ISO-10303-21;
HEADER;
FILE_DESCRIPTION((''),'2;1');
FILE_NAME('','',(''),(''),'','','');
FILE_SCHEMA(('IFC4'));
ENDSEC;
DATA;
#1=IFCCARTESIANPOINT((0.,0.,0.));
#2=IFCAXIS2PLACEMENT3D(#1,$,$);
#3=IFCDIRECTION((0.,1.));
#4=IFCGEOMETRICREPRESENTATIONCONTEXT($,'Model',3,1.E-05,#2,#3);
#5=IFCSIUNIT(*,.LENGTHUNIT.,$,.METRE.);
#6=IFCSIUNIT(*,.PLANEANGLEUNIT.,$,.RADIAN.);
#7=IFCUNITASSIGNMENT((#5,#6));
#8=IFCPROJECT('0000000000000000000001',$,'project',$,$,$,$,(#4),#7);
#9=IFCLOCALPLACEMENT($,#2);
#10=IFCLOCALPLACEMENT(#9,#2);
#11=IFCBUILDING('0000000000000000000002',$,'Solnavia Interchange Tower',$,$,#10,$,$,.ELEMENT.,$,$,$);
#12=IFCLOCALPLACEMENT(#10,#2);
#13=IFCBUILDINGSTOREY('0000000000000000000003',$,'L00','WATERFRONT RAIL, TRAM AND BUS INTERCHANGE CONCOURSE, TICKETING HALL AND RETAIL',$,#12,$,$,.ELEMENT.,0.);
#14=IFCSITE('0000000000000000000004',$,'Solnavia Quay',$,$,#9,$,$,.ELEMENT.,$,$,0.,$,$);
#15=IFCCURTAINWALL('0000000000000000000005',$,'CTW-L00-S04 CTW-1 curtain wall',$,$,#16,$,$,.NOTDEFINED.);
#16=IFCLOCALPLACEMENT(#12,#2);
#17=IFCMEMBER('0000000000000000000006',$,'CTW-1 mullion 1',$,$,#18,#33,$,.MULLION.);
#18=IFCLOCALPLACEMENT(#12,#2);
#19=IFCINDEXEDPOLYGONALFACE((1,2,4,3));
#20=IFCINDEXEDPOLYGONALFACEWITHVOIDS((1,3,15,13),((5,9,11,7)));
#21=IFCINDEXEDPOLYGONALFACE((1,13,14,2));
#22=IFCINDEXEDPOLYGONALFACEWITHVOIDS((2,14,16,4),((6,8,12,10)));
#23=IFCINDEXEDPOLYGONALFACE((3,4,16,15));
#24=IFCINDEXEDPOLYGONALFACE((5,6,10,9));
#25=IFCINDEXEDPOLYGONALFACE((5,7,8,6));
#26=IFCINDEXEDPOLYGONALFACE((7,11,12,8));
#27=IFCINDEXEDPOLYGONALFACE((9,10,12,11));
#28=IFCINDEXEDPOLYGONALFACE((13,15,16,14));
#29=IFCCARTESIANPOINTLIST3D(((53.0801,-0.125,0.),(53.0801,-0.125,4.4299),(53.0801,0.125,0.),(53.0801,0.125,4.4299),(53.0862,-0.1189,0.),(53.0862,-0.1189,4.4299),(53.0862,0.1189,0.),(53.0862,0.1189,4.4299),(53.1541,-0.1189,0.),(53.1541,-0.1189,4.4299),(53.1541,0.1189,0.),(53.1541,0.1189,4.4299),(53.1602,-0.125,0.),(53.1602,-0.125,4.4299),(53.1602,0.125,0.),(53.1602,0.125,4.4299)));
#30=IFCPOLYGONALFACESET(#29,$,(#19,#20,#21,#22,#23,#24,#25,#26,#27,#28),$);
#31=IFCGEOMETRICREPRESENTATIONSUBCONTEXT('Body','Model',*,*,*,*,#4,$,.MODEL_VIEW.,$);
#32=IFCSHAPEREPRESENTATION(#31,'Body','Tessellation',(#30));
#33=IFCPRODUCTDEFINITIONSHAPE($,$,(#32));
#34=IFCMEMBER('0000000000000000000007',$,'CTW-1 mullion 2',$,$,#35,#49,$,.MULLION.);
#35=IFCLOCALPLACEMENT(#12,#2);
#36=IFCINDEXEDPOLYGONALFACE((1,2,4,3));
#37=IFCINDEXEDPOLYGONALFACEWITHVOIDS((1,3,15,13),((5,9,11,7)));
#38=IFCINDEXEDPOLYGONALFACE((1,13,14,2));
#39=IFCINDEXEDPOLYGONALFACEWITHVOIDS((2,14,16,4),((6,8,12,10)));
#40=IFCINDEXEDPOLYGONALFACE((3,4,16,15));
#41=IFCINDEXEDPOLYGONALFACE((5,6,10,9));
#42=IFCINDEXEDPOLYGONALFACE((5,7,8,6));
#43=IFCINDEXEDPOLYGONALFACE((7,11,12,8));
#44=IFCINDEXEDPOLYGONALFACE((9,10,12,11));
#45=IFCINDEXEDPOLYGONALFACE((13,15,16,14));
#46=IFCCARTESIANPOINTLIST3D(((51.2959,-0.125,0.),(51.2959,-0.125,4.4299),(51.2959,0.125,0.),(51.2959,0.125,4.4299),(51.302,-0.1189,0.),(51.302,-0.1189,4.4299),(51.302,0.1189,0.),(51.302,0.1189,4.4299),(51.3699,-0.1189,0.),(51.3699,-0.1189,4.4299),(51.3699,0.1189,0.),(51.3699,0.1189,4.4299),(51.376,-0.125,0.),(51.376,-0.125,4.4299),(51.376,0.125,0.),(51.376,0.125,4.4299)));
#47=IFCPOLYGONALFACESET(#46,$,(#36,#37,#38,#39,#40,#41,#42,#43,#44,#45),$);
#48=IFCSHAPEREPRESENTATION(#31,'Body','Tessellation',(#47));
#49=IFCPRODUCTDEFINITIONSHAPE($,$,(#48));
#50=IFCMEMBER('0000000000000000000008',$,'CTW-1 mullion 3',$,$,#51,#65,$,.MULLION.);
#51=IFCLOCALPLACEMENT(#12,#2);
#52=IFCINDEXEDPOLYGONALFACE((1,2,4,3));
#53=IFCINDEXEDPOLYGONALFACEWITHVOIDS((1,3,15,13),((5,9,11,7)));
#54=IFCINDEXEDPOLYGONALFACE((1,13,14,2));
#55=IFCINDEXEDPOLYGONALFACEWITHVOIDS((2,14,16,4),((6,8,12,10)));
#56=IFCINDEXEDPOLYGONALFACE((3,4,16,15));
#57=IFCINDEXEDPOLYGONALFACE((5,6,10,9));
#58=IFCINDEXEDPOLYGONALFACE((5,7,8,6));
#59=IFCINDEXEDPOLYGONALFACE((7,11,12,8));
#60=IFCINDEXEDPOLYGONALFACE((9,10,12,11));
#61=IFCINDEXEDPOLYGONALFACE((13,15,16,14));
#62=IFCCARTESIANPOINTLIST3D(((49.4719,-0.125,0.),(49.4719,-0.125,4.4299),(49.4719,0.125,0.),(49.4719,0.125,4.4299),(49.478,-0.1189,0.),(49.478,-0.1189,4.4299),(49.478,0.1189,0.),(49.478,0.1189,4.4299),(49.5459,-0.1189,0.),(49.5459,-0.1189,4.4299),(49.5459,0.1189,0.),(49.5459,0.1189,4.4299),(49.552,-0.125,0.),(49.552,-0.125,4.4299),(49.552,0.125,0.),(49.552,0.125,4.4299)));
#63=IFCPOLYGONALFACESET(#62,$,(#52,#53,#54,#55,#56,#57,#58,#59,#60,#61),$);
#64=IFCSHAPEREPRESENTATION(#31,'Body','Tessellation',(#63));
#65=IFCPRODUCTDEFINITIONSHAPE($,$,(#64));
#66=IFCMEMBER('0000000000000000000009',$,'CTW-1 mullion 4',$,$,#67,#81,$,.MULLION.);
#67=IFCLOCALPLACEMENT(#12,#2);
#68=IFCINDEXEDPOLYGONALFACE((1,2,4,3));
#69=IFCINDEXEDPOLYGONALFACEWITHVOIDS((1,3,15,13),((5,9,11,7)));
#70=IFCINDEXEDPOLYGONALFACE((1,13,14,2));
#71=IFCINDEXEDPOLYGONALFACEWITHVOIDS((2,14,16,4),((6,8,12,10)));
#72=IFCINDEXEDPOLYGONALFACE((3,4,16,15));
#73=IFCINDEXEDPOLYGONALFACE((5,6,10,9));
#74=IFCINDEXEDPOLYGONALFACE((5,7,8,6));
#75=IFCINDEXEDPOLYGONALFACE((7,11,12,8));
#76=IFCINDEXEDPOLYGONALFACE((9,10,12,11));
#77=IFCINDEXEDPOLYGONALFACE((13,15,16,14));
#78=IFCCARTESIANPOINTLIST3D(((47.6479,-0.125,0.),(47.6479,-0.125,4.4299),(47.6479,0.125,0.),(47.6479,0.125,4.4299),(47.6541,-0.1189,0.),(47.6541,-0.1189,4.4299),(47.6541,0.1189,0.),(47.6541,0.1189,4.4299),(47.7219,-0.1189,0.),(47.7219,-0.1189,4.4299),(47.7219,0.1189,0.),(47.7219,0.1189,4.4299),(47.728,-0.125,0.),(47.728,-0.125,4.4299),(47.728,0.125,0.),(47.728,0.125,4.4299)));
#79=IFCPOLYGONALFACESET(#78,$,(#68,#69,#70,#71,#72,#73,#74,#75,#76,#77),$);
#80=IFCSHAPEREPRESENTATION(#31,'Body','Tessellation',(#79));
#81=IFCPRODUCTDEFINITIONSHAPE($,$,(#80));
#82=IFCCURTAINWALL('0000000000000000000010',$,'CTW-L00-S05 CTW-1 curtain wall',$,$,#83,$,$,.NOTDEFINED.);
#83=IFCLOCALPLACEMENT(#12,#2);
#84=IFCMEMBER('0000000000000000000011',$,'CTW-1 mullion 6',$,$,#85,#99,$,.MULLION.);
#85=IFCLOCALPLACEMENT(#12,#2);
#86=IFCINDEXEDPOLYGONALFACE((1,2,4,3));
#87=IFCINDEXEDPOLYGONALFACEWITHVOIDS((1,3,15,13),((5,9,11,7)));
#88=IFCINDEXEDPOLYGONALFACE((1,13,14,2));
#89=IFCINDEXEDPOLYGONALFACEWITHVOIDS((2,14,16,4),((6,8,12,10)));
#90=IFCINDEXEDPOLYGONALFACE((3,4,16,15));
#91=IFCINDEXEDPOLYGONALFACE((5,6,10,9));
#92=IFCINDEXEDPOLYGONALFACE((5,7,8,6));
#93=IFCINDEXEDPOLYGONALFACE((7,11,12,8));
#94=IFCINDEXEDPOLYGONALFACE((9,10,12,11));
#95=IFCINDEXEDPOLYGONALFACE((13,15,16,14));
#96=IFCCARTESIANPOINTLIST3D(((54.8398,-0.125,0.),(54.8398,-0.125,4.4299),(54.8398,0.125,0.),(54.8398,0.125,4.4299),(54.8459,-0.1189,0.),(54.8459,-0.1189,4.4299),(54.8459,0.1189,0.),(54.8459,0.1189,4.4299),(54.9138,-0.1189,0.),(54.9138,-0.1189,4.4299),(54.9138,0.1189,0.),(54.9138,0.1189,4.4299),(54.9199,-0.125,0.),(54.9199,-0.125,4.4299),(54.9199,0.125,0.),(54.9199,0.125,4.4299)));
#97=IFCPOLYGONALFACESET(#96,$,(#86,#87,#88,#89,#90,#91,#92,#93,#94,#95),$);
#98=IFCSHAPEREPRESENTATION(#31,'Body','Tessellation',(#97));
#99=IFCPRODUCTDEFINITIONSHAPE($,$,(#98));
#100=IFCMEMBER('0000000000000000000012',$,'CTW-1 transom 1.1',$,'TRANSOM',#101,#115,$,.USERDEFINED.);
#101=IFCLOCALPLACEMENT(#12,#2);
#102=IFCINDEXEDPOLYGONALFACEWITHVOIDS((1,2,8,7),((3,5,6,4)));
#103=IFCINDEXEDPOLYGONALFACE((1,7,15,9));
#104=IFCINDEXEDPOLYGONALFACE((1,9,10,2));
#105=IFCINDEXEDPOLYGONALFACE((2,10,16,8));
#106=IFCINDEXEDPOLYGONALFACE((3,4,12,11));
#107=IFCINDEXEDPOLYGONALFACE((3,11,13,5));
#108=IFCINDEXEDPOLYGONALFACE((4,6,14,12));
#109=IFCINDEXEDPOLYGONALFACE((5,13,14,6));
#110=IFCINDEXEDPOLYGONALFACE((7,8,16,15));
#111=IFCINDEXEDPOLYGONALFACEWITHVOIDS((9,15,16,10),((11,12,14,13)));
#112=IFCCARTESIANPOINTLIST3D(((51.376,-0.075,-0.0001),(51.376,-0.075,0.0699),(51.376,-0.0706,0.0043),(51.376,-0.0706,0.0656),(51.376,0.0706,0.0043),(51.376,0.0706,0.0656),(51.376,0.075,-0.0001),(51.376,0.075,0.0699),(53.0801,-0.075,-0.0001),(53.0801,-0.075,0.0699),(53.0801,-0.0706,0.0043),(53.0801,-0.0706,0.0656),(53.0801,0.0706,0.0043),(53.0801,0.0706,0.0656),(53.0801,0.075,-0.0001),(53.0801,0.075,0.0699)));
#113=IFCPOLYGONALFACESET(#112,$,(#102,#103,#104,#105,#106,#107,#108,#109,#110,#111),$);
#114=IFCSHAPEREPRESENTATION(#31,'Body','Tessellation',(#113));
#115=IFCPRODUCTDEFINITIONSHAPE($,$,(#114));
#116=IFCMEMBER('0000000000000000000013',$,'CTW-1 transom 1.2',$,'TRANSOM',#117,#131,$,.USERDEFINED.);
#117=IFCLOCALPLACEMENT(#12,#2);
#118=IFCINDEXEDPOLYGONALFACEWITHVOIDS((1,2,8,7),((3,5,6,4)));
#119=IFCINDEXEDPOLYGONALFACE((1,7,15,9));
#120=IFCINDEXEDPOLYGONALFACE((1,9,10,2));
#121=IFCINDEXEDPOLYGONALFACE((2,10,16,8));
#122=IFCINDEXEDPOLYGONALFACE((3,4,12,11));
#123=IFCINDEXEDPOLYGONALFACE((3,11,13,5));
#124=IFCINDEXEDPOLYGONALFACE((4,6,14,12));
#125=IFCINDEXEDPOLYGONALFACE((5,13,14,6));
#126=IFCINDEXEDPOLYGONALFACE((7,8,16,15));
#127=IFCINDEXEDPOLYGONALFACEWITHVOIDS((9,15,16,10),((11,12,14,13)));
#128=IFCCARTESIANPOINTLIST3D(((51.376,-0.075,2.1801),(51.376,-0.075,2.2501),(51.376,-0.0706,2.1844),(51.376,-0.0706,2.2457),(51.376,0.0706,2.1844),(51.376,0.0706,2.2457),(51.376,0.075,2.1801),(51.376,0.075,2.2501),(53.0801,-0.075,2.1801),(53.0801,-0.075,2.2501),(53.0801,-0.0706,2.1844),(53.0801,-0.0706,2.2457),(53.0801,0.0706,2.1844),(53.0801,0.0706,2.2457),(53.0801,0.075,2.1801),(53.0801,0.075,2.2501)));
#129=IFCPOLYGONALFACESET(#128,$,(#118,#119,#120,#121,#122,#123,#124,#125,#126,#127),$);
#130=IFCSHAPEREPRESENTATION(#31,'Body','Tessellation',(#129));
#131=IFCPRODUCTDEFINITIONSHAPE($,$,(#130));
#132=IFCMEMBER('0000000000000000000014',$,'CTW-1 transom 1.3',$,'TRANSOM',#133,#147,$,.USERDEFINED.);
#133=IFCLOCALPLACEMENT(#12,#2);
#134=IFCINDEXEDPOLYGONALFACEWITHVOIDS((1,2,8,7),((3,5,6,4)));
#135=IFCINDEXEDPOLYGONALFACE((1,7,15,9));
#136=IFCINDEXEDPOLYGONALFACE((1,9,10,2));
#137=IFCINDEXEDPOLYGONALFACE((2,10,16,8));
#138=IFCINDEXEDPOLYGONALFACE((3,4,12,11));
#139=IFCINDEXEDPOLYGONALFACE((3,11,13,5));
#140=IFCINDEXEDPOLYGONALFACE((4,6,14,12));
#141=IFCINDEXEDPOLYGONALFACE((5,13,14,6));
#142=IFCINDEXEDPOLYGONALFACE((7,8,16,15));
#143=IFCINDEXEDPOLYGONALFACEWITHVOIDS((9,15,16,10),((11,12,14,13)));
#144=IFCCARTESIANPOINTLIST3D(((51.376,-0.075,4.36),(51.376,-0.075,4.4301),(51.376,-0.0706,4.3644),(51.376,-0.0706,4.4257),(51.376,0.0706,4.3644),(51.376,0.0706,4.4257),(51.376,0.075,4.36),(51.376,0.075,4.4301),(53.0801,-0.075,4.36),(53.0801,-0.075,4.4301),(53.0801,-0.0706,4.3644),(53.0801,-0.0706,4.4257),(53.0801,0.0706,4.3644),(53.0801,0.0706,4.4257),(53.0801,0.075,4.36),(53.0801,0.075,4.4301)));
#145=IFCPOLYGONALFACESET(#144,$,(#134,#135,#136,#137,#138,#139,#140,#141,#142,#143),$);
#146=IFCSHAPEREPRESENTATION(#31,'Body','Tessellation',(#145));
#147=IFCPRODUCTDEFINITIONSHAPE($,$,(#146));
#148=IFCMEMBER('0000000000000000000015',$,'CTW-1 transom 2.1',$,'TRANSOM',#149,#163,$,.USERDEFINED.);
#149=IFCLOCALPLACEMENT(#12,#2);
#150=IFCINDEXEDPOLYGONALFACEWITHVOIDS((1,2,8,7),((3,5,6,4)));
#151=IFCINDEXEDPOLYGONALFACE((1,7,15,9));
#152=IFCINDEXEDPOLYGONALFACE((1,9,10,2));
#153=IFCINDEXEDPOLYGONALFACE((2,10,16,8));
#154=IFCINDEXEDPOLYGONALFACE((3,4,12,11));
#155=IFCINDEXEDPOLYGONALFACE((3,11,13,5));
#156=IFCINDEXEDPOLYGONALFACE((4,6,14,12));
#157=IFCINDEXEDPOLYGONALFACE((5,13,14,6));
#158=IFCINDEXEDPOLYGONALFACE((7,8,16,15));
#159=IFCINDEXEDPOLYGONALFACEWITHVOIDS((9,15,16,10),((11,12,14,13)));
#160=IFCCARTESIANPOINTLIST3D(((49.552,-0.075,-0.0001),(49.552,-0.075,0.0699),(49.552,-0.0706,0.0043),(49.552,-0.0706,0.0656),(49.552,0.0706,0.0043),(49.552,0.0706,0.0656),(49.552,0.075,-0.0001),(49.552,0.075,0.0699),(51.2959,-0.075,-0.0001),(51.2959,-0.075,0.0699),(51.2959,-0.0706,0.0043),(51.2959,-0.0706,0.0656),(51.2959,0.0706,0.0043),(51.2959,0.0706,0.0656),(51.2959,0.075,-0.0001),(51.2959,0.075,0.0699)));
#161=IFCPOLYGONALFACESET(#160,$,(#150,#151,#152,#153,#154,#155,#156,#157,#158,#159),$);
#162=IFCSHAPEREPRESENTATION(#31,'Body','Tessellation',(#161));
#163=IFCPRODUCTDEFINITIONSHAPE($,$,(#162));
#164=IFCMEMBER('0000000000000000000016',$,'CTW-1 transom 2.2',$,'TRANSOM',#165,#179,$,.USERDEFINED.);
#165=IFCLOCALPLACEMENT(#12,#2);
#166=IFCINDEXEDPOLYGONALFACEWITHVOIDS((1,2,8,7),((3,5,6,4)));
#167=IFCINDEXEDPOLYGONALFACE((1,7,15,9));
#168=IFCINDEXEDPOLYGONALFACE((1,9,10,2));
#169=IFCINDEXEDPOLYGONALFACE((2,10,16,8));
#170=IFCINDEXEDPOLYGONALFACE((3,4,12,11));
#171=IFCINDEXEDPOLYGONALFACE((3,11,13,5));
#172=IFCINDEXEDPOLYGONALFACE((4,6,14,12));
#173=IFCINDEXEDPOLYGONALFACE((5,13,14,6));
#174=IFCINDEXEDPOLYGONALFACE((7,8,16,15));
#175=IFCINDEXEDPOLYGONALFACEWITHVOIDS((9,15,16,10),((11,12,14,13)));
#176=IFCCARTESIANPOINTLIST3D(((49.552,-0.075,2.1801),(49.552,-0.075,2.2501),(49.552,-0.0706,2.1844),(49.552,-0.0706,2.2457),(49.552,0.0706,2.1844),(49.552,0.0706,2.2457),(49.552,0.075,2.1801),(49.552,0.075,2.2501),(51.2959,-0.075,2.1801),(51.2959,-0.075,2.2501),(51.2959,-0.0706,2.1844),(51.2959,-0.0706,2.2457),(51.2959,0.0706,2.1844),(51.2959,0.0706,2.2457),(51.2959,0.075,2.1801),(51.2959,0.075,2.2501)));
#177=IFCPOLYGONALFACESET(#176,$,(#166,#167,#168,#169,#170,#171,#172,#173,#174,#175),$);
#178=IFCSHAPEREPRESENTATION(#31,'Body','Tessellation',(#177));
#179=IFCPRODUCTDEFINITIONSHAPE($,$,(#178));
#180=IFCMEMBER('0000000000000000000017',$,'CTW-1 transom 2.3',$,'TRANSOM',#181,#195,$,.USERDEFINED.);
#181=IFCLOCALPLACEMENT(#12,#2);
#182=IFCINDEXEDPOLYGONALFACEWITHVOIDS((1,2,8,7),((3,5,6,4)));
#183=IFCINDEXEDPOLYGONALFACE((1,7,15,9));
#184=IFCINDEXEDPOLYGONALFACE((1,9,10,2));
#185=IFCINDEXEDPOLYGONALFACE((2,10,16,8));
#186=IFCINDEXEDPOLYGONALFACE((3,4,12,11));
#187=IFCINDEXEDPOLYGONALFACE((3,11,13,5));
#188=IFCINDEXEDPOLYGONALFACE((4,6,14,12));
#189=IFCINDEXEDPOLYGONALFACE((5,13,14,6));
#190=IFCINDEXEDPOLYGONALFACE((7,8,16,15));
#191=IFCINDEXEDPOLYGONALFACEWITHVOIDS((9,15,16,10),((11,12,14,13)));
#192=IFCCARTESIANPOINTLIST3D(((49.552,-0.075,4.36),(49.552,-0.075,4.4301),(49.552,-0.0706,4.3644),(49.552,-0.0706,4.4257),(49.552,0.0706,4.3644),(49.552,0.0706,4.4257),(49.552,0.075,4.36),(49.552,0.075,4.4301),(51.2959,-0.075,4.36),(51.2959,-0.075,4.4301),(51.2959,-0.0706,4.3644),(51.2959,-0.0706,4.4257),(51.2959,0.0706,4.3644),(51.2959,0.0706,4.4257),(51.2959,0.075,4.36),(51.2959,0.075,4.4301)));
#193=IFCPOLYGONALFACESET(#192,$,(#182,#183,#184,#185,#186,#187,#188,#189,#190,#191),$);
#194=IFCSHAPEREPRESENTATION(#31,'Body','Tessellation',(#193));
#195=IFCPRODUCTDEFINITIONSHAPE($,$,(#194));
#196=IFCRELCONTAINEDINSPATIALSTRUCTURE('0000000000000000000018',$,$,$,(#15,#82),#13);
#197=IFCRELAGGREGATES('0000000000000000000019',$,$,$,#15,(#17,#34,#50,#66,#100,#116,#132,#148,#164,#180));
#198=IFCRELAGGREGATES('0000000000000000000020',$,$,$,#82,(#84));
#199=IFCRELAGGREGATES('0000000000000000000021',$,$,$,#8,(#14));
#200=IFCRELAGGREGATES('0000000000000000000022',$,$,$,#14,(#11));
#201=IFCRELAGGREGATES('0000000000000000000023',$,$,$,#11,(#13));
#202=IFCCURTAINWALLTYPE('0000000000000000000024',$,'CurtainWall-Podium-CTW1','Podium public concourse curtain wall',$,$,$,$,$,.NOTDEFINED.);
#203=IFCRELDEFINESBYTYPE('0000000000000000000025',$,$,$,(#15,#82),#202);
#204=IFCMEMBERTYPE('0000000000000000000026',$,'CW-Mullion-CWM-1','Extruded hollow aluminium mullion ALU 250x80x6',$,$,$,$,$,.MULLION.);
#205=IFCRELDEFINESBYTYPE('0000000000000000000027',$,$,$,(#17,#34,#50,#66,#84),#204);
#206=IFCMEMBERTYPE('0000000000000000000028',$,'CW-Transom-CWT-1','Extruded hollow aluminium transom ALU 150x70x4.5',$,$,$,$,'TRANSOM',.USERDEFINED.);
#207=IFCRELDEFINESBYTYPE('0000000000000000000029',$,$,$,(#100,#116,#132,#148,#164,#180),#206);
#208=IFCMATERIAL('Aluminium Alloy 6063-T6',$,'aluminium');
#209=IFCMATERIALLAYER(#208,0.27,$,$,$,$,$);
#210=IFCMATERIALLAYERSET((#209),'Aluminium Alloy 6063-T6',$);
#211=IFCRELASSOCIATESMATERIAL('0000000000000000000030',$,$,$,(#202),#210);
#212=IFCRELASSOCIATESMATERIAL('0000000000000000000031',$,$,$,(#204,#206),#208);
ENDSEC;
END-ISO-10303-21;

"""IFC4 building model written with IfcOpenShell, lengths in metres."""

from ifc_helpers import new_model, si_unit, direction, frame, origin, origin_2d, place, context, subcontext, project, spatial, hollow_rectangle, extrude, material, layer, layer_set, material_profile, profile_set, type_object, element, aggregate, save


model = new_model("IFC4")

# Units and contexts
model_context = context("Model", 3, precision=1e-05, world=origin(), true_north=direction((0.0, 1.0)))
body_context = subcontext(model_context, "Body", "Model", "MODEL_VIEW")
ifc_project = project(units=[si_unit("LENGTHUNIT", "METRE"), si_unit("PLANEANGLEUNIT", "RADIAN")], contexts=[model_context])

# Site, building, storey
site_placement = place(None, origin())
site = spatial("IfcSite", under=ifc_project, at=site_placement, Name="Solnavia Quay", CompositionType="ELEMENT", RefElevation=0.0)
building_placement = place(site_placement, origin())
building = spatial("IfcBuilding", under=site, at=building_placement, Name="Solnavia Interchange Tower", CompositionType="ELEMENT")
storey_placement = place(building_placement, origin())
storey = spatial("IfcBuildingStorey", under=building, at=storey_placement, Name="L00", Description="WATERFRONT RAIL, TRAM AND BUS INTERCHANGE CONCOURSE, TICKETING HALL AND RETAIL", CompositionType="ELEMENT", Elevation=0.0)

# Curtain wall, members
ifc_material_1 = material(Name="Aluminium Alloy 6063-T6", Category="aluminium")
ifc_layer_1 = layer(ifc_material_1, 0.27)
ifc_layer_set_1 = layer_set([ifc_layer_1], Name="Aluminium Alloy 6063-T6")
curtain_wall_type = type_object("IfcCurtainWallType", Name="CurtainWall-Podium-CTW1", Description="Podium public concourse curtain wall", PredefinedType="NOTDEFINED", material=ifc_layer_set_1)
curtain_wall_1_placement = place(storey_placement, origin())
curtain_wall_1 = element("IfcCurtainWall", 1, at=curtain_wall_1_placement, inside=storey, type_object=curtain_wall_type, Name="CTW-L00-S04 CTW-1 curtain wall", PredefinedType="NOTDEFINED")
ifc_material_profile_1 = material_profile(ifc_material_1, hollow_rectangle(XDim=0.0801, YDim=0.25, WallThickness=0.0061, at=origin_2d()), Name="ALU 250x80x6")
ifc_profile_set_1 = profile_set([ifc_material_profile_1], Name="Aluminium Alloy 6063-T6")
member_type_1 = type_object("IfcMemberType", Name="CW-Mullion-CWM-1", Description="Extruded hollow aluminium mullion ALU 250x80x6", PredefinedType="MULLION", material=ifc_profile_set_1)
member_1_placement = place(storey_placement, frame((53.1201, 0.0, 0.0), z_axis=(0.0, 0.0, 1.0), x_axis=(-1.0, 0.0, 0.0)))
member_1 = element("IfcMember", 2, at=member_1_placement, type_object=member_type_1, Name="CTW-1 mullion 1", PredefinedType="MULLION", context=body_context, shape_type="SweptSolid", body=[
    extrude(hollow_rectangle(XDim=0.0801, YDim=0.25, WallThickness=0.0061, at=origin_2d()), origin(), (0.0, 0.0, 1.0), 4.4299),
])
member_2_placement = place(storey_placement, frame((51.3359, 0.0, 0.0), z_axis=(0.0, 0.0, 1.0), x_axis=(-1.0, 0.0, 0.0)))
member_2 = element("IfcMember", 3, at=member_2_placement, type_object=member_type_1, Name="CTW-1 mullion 2", PredefinedType="MULLION", context=body_context, shape_type="SweptSolid", body=[
    extrude(hollow_rectangle(XDim=0.0801, YDim=0.25, WallThickness=0.0061, at=origin_2d()), origin(), (0.0, 0.0, 1.0), 4.4299),
])
member_3_placement = place(storey_placement, frame((49.512, 0.0, 0.0), z_axis=(0.0, 0.0, 1.0), x_axis=(-1.0, 0.0, 0.0)))
member_3 = element("IfcMember", 4, at=member_3_placement, type_object=member_type_1, Name="CTW-1 mullion 3", PredefinedType="MULLION", context=body_context, shape_type="SweptSolid", body=[
    extrude(hollow_rectangle(XDim=0.0801, YDim=0.25, WallThickness=0.0061, at=origin_2d()), origin(), (0.0, 0.0, 1.0), 4.4299),
])
member_4_placement = place(storey_placement, frame((47.688, 0.0, 0.0), z_axis=(0.0, 0.0, 1.0), x_axis=(-1.0, 0.0, 0.0)))
member_4 = element("IfcMember", 5, at=member_4_placement, type_object=member_type_1, Name="CTW-1 mullion 4", PredefinedType="MULLION", context=body_context, shape_type="SweptSolid", body=[
    extrude(hollow_rectangle(XDim=0.0801, YDim=0.25, WallThickness=0.0061, at=origin_2d()), origin(), (0.0, 0.0, 1.0), 4.4299),
])

# Curtain wall, member
curtain_wall_2_placement = place(storey_placement, origin())
curtain_wall_2 = element("IfcCurtainWall", 6, at=curtain_wall_2_placement, inside=storey, type_object=curtain_wall_type, Name="CTW-L00-S05 CTW-1 curtain wall", PredefinedType="NOTDEFINED")
member_5_placement = place(storey_placement, frame((54.8799, 0.0, 0.0), z_axis=(0.0, 0.0, 1.0), x_axis=(-1.0, 0.0, 0.0)))
member_5 = element("IfcMember", 7, at=member_5_placement, type_object=member_type_1, Name="CTW-1 mullion 6", PredefinedType="MULLION", context=body_context, shape_type="SweptSolid", body=[
    extrude(hollow_rectangle(XDim=0.0801, YDim=0.25, WallThickness=0.0061, at=origin_2d()), origin(), (0.0, 0.0, 1.0), 4.4299),
])

# Members
ifc_material_profile_2 = material_profile(ifc_material_1, hollow_rectangle(XDim=0.0701, YDim=0.1499, WallThickness=0.0044, at=origin_2d()), Name="ALU 150x70x4.5")
ifc_profile_set_2 = profile_set([ifc_material_profile_2], Name="Aluminium Alloy 6063-T6")
member_type_2 = type_object("IfcMemberType", Name="CW-Transom-CWT-1", Description="Extruded hollow aluminium transom ALU 150x70x4.5", ElementType="TRANSOM", PredefinedType="USERDEFINED", material=ifc_profile_set_2)
member_6_placement = place(storey_placement, frame((53.0801, 0.0, 0.0349), z_axis=(-1.0, 0.0, 0.0), x_axis=(0.0, 0.0, 1.0)))
member_6 = element("IfcMember", 8, at=member_6_placement, type_object=member_type_2, Name="CTW-1 transom 1.1", ObjectType="TRANSOM", PredefinedType="USERDEFINED", context=body_context, shape_type="SweptSolid", body=[
    extrude(hollow_rectangle(XDim=0.0701, YDim=0.1499, WallThickness=0.0044, at=origin_2d()), origin(), (0.0, 0.0, 1.0), 1.7041),
])
member_7_placement = place(storey_placement, frame((53.0801, 0.0, 2.2151), z_axis=(-1.0, 0.0, 0.0), x_axis=(0.0, 0.0, 1.0)))
member_7 = element("IfcMember", 9, at=member_7_placement, type_object=member_type_2, Name="CTW-1 transom 1.2", ObjectType="TRANSOM", PredefinedType="USERDEFINED", context=body_context, shape_type="SweptSolid", body=[
    extrude(hollow_rectangle(XDim=0.0701, YDim=0.1499, WallThickness=0.0044, at=origin_2d()), origin(), (0.0, 0.0, 1.0), 1.7041),
])
member_8_placement = place(storey_placement, frame((53.0801, 0.0, 4.395), z_axis=(-1.0, 0.0, 0.0), x_axis=(0.0, 0.0, 1.0)))
member_8 = element("IfcMember", 10, at=member_8_placement, type_object=member_type_2, Name="CTW-1 transom 1.3", ObjectType="TRANSOM", PredefinedType="USERDEFINED", context=body_context, shape_type="SweptSolid", body=[
    extrude(hollow_rectangle(XDim=0.0701, YDim=0.1499, WallThickness=0.0044, at=origin_2d()), origin(), (0.0, 0.0, 1.0), 1.7041),
])
member_9_placement = place(storey_placement, frame((51.2959, 0.0, 0.0349), z_axis=(-1.0, 0.0, 0.0), x_axis=(0.0, 0.0, 1.0)))
member_9 = element("IfcMember", 11, at=member_9_placement, type_object=member_type_2, Name="CTW-1 transom 2.1", ObjectType="TRANSOM", PredefinedType="USERDEFINED", context=body_context, shape_type="SweptSolid", body=[
    extrude(hollow_rectangle(XDim=0.0701, YDim=0.1499, WallThickness=0.0044, at=origin_2d()), origin(), (0.0, 0.0, 1.0), 1.7439),
])
member_10_placement = place(storey_placement, frame((51.2959, 0.0, 2.2151), z_axis=(-1.0, 0.0, 0.0), x_axis=(0.0, 0.0, 1.0)))
member_10 = element("IfcMember", 12, at=member_10_placement, type_object=member_type_2, Name="CTW-1 transom 2.2", ObjectType="TRANSOM", PredefinedType="USERDEFINED", context=body_context, shape_type="SweptSolid", body=[
    extrude(hollow_rectangle(XDim=0.0701, YDim=0.1499, WallThickness=0.0044, at=origin_2d()), origin(), (0.0, 0.0, 1.0), 1.7439),
])
member_11_placement = place(storey_placement, frame((51.2959, 0.0, 4.395), z_axis=(-1.0, 0.0, 0.0), x_axis=(0.0, 0.0, 1.0)))
member_11 = element("IfcMember", 13, at=member_11_placement, type_object=member_type_2, Name="CTW-1 transom 2.3", ObjectType="TRANSOM", PredefinedType="USERDEFINED", context=body_context, shape_type="SweptSolid", body=[
    extrude(hollow_rectangle(XDim=0.0701, YDim=0.1499, WallThickness=0.0044, at=origin_2d()), origin(), (0.0, 0.0, 1.0), 1.7439),
])

aggregate(curtain_wall_1, [member_1, member_2, member_3, member_4, member_6, member_7, member_8, member_9, member_10, member_11])
aggregate(curtain_wall_2, [member_5])

save(model, "model.ifc")
